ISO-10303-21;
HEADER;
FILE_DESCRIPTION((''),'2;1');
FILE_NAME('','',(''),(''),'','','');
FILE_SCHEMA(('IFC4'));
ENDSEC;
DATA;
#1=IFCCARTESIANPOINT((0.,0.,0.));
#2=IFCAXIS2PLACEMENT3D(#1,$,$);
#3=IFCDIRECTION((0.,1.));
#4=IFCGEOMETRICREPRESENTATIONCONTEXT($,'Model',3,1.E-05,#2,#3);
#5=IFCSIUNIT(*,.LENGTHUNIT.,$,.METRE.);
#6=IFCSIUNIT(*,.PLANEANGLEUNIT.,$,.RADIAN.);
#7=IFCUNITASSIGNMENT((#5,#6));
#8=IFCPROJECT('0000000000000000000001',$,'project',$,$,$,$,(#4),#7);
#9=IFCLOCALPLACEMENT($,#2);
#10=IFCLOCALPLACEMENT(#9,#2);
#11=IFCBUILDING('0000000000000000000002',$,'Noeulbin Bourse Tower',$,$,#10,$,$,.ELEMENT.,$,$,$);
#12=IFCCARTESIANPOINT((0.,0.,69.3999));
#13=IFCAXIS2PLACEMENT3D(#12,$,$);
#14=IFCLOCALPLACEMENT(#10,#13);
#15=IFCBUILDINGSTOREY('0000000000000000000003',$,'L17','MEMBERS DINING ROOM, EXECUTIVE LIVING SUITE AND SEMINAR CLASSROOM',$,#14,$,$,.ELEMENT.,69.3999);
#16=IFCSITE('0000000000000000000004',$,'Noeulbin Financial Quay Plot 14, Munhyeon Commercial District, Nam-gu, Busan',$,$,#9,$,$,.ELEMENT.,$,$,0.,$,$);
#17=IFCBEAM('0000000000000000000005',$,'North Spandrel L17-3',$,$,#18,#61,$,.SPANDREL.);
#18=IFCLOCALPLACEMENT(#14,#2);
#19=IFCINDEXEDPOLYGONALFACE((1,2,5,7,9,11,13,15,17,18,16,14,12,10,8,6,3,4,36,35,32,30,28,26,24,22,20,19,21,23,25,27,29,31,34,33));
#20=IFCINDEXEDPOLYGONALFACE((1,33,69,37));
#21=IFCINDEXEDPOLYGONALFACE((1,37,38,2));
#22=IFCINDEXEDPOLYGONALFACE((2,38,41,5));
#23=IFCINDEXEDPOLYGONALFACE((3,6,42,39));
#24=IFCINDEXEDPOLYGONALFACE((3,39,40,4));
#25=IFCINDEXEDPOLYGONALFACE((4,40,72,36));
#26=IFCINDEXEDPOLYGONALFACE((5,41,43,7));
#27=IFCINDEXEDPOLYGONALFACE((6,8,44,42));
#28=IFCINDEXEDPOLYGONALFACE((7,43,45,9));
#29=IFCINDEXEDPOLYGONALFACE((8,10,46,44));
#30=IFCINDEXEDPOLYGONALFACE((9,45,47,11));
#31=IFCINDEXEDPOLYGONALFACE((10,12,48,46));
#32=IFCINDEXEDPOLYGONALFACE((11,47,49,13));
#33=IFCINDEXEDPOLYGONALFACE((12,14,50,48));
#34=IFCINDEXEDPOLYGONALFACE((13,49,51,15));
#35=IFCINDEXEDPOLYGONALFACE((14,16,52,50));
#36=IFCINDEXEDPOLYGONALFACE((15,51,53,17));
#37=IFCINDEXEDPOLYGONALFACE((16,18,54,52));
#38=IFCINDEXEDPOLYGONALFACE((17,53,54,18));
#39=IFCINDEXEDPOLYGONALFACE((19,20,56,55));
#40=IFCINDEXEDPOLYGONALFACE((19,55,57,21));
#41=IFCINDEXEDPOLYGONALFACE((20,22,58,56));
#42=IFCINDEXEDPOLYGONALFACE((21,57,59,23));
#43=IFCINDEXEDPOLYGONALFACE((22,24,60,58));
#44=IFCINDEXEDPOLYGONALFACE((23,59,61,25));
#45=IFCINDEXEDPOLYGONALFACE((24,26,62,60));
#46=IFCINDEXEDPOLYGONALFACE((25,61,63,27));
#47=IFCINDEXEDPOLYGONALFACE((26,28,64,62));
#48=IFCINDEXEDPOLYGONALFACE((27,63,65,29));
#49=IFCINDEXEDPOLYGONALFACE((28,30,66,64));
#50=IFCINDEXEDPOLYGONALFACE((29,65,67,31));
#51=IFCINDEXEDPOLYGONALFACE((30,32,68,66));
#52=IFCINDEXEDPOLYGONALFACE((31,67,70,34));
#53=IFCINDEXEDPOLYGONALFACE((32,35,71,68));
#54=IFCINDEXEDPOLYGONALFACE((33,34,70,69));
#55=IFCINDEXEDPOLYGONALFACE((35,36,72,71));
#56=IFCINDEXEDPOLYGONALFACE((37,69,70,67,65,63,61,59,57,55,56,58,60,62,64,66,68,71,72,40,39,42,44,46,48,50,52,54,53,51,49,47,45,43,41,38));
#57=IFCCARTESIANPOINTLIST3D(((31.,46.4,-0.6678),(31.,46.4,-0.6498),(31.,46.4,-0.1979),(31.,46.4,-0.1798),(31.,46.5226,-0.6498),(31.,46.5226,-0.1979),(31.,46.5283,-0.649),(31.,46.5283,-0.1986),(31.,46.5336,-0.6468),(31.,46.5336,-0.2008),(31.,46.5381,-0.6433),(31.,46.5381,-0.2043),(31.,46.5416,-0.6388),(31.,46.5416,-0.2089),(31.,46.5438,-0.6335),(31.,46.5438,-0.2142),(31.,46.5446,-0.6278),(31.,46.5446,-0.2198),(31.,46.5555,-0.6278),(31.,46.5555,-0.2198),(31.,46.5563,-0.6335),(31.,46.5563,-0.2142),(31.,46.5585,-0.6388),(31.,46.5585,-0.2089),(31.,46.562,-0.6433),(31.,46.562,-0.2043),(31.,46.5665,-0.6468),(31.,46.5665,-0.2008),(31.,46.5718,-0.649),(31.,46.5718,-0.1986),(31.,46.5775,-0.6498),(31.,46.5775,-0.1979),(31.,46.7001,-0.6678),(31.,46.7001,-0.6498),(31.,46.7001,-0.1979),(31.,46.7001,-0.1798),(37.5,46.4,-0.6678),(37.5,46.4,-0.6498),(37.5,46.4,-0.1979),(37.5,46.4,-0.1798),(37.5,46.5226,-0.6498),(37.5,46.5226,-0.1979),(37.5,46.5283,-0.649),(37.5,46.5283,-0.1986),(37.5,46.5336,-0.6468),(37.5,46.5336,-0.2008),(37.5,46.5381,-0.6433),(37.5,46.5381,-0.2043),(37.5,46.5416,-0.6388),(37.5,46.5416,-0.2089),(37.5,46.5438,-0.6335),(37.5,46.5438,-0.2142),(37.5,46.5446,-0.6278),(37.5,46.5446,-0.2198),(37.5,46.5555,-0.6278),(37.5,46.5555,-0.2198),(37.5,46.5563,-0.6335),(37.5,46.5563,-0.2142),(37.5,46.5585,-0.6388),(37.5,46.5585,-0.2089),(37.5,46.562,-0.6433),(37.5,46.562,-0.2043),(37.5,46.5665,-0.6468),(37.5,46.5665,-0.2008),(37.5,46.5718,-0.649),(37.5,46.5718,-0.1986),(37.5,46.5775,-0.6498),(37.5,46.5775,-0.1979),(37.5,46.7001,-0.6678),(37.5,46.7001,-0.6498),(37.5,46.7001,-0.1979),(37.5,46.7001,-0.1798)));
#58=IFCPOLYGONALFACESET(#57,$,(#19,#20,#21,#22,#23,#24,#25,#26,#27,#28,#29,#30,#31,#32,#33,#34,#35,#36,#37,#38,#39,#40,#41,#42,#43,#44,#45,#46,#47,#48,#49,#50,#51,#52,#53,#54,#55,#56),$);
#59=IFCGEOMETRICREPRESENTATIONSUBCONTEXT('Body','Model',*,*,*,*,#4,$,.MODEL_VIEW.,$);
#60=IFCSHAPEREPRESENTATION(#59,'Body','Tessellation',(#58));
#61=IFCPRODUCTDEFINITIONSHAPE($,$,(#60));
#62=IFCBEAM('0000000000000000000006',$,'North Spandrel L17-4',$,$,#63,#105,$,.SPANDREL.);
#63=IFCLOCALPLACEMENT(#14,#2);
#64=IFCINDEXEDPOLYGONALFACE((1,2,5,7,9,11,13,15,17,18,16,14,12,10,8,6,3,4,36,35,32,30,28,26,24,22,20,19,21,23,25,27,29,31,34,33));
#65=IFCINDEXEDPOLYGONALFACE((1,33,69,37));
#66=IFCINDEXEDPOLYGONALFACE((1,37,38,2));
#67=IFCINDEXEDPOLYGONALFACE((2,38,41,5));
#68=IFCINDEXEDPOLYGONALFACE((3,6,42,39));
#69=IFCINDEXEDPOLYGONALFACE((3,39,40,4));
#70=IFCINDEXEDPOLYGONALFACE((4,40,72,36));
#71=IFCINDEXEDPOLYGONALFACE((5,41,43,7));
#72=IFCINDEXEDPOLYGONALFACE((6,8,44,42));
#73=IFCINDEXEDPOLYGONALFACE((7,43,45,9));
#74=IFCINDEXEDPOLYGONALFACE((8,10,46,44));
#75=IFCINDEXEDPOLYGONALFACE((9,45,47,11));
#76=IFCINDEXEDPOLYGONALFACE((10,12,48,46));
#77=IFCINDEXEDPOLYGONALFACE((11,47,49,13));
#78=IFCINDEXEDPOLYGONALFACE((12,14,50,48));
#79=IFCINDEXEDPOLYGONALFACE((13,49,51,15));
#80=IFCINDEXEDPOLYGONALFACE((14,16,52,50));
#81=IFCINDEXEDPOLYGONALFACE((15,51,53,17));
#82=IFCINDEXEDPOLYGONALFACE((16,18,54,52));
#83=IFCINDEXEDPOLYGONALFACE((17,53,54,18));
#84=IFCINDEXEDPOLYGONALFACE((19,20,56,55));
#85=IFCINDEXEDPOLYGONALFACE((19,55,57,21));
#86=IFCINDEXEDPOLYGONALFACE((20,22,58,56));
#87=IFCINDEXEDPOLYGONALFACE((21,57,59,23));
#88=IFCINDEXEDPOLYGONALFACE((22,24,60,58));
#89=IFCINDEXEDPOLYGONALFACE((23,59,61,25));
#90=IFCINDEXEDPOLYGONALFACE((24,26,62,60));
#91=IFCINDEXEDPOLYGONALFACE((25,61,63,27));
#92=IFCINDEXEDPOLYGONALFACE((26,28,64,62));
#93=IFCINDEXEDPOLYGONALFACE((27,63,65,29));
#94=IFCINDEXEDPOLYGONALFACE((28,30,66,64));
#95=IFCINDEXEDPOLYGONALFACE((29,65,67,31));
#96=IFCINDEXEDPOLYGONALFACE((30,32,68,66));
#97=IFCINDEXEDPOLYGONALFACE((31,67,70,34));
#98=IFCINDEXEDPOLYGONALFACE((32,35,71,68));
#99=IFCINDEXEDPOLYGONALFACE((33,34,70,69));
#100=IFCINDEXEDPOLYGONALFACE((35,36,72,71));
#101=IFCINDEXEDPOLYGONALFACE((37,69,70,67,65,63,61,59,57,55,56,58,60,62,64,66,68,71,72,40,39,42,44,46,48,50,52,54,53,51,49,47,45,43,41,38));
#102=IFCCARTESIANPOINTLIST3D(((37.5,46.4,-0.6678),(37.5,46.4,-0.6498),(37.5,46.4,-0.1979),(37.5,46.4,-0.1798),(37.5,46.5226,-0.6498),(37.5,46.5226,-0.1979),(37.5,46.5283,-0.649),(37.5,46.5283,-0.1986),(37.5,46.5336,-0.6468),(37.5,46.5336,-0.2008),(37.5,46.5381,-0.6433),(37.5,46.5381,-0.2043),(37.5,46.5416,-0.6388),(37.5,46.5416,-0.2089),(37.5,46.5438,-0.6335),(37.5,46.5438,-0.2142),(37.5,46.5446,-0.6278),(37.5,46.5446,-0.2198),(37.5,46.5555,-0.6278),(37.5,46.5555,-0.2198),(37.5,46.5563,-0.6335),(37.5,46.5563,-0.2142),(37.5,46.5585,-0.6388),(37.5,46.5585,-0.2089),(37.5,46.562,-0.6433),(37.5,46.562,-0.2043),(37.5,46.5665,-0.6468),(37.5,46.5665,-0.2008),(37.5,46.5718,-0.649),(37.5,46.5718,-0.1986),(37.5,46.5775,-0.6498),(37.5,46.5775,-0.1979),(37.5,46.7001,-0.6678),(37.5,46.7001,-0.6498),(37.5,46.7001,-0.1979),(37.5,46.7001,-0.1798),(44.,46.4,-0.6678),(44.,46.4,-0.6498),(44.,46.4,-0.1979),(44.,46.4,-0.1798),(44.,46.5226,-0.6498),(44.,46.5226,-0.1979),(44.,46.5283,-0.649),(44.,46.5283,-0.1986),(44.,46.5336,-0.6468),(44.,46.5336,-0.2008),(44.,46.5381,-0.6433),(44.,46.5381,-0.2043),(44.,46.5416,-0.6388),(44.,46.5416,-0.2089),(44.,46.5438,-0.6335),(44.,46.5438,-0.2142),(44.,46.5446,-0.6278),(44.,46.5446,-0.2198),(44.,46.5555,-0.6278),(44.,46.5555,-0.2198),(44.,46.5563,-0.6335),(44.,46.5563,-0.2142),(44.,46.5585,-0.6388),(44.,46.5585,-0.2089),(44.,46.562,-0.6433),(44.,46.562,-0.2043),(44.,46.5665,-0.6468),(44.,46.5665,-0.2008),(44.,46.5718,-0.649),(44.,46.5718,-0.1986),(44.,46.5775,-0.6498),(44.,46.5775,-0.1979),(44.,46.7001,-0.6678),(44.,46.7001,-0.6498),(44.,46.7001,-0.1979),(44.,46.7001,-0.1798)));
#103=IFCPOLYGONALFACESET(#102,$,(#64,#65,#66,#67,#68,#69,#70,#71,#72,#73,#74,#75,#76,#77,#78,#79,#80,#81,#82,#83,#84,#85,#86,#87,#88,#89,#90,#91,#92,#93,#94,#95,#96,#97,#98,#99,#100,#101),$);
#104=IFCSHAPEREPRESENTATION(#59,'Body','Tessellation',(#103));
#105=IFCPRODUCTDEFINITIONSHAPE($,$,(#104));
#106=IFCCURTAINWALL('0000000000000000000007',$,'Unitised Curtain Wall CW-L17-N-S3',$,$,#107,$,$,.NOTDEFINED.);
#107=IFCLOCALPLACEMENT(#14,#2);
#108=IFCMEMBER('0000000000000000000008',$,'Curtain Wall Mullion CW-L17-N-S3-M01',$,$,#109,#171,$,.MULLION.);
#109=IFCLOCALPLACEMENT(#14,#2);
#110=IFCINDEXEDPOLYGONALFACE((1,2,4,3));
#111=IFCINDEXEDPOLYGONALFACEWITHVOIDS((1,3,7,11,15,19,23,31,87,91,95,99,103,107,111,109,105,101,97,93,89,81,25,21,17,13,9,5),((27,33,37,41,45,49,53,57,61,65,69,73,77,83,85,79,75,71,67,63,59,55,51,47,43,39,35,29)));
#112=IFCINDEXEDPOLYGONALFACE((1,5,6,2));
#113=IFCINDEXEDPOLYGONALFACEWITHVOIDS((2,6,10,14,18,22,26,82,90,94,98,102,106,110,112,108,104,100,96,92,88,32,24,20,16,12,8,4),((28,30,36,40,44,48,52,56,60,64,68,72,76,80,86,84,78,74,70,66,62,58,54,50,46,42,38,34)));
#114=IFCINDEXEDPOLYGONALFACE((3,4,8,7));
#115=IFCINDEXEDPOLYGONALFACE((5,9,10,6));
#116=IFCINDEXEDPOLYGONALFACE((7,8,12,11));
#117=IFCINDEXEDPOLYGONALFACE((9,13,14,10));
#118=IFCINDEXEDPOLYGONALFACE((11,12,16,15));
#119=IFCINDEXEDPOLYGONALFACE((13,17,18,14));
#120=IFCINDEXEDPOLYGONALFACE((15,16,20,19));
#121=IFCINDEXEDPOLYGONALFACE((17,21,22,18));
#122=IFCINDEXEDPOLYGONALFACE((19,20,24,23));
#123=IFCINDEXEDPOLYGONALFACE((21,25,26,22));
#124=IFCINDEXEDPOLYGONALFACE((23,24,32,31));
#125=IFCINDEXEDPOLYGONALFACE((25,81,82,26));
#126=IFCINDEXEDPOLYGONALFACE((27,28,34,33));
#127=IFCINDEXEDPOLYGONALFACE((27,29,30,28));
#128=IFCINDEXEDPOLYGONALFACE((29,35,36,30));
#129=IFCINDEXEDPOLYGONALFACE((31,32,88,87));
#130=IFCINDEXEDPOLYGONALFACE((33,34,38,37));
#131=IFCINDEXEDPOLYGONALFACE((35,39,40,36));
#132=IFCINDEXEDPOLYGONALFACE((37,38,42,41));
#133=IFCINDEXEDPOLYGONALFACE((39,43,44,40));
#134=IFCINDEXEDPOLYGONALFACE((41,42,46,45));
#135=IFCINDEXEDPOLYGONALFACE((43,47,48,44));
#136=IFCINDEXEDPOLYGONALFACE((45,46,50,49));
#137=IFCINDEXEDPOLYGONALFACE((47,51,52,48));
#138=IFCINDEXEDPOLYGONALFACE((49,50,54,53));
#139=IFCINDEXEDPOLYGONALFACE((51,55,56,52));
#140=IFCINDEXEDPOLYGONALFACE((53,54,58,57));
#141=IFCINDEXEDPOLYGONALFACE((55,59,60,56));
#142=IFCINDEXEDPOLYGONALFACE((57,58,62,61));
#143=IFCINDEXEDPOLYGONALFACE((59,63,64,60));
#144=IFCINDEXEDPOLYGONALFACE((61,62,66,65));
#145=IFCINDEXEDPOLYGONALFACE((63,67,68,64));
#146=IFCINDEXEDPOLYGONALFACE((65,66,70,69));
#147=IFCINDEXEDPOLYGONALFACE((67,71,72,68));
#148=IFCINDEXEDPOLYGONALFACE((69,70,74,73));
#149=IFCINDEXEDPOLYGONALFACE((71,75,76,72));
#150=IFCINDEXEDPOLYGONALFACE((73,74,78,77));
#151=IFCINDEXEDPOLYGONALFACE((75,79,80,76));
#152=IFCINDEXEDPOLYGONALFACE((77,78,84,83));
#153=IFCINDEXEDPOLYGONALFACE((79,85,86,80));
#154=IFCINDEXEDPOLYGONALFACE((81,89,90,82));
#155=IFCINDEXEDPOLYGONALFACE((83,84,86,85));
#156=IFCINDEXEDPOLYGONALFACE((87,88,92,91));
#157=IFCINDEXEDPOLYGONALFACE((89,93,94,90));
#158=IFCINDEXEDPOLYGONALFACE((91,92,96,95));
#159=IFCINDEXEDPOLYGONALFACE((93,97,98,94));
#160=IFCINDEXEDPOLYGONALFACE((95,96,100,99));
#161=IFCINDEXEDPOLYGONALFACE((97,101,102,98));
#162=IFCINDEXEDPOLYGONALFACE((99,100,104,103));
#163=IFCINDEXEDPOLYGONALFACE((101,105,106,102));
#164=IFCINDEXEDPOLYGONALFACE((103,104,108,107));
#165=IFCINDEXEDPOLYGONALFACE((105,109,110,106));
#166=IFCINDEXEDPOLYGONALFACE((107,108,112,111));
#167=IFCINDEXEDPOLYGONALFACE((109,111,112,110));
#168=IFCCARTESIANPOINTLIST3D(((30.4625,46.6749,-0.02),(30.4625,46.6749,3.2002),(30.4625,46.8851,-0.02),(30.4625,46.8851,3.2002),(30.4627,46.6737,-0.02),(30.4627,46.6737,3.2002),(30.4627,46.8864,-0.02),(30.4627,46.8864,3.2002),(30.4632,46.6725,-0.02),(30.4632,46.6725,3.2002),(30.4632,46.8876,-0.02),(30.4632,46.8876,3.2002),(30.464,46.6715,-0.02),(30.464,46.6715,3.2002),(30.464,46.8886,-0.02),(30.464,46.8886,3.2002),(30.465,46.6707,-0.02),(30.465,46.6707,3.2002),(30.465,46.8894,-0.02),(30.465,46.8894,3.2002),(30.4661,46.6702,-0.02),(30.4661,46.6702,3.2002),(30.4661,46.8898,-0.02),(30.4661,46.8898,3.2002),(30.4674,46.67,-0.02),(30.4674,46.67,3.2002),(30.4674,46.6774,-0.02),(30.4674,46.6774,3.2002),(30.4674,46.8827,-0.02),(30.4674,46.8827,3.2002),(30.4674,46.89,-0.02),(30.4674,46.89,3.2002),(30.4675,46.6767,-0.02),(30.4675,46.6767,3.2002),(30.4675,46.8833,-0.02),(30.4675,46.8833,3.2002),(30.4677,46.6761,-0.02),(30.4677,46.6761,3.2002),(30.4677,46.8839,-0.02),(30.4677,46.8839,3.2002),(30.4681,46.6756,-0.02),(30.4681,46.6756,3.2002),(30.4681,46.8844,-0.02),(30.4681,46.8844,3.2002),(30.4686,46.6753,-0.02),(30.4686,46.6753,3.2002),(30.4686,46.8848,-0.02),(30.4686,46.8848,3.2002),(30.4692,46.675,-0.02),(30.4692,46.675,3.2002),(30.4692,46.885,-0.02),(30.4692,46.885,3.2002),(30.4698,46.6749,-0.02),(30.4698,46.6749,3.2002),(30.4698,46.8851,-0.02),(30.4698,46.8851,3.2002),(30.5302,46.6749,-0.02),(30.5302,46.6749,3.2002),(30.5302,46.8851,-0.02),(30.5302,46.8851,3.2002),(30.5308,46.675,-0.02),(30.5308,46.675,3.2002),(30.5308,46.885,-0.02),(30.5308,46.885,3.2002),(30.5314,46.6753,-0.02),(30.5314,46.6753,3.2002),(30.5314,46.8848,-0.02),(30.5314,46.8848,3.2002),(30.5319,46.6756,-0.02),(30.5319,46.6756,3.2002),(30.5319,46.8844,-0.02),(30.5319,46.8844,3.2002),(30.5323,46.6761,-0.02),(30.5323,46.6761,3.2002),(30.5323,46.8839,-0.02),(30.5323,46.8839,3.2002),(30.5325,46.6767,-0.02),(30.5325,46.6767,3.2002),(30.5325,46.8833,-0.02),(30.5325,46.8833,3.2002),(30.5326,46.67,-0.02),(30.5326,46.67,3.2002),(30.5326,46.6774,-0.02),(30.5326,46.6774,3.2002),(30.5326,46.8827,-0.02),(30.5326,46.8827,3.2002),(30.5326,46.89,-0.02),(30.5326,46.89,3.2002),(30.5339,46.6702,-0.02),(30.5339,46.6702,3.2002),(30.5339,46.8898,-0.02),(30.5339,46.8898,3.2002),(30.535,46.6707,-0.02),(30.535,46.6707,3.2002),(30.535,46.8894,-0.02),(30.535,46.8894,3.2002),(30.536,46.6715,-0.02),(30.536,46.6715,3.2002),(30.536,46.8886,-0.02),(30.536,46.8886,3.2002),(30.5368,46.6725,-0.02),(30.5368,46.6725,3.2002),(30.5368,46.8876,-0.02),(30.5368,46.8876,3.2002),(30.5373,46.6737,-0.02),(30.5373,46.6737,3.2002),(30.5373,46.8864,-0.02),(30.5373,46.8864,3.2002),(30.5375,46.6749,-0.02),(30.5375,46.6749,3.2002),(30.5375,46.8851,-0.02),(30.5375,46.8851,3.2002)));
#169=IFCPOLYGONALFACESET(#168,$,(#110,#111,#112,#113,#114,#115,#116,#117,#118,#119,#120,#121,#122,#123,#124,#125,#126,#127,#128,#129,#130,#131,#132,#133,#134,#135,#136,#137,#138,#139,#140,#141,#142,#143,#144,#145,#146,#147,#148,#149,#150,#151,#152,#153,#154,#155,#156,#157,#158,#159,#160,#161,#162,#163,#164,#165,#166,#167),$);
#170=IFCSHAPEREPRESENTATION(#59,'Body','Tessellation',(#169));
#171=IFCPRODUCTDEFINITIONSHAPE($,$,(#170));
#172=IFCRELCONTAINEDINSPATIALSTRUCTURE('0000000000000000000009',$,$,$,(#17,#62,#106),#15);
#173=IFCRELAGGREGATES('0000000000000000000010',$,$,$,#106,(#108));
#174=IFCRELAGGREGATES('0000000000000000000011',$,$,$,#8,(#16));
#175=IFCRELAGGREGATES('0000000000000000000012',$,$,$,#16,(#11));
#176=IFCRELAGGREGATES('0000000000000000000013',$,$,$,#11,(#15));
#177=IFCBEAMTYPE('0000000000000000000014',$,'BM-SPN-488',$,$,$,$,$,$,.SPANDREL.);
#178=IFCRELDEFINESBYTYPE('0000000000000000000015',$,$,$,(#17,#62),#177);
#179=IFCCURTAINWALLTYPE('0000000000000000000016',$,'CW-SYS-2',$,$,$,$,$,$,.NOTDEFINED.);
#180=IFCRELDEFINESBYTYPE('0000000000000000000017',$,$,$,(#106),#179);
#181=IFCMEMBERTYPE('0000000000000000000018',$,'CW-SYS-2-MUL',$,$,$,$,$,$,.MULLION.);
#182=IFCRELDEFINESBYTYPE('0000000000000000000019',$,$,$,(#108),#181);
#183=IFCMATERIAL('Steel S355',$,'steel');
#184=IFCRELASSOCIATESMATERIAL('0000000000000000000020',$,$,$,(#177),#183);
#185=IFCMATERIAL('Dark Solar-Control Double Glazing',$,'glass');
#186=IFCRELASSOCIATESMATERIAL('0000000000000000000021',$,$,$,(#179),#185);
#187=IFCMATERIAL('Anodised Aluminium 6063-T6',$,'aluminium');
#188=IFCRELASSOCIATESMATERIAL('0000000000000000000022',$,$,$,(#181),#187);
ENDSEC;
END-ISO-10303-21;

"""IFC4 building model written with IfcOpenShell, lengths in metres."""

from ifc_helpers import new_model, si_unit, direction, frame, origin, origin_2d, place, context, subcontext, project, spatial, hollow_rectangle, i_section, extrude, material, material_profile, profile_set, type_object, element, aggregate, save


model = new_model("IFC4")

# Units and contexts
model_context = context("Model", 3, precision=1e-05, world=origin(), true_north=direction((0.0, 1.0)))
body_context = subcontext(model_context, "Body", "Model", "MODEL_VIEW")
ifc_project = project(units=[si_unit("LENGTHUNIT", "METRE"), si_unit("PLANEANGLEUNIT", "RADIAN")], contexts=[model_context])

# Site, building, storey
site_placement = place(None, origin())
site = spatial("IfcSite", under=ifc_project, at=site_placement, Name="Noeulbin Financial Quay Plot 14, Munhyeon Commercial District, Nam-gu, Busan", CompositionType="ELEMENT", RefElevation=0.0)
building_placement = place(site_placement, origin())
building = spatial("IfcBuilding", under=site, at=building_placement, Name="Noeulbin Bourse Tower", CompositionType="ELEMENT")
storey_placement = place(building_placement, frame((0.0, 0.0, 69.3999)))
storey = spatial("IfcBuildingStorey", under=building, at=storey_placement, Name="L17", Description="MEMBERS DINING ROOM, EXECUTIVE LIVING SUITE AND SEMINAR CLASSROOM", CompositionType="ELEMENT", Elevation=69.3999)

# Beams
ifc_material_1 = material(Name="Steel S355", Category="steel")
ifc_material_profile_1 = material_profile(ifc_material_1, i_section(OverallWidth=0.3, OverallDepth=0.488, WebThickness=0.011, FlangeThickness=0.0181, FilletRadius=0.022, at=origin_2d()), Name="H-488x300x11x18", Category="LoadBearing")
ifc_profile_set_1 = profile_set([ifc_material_profile_1], Name="Steel S355")
beam_type_1 = type_object("IfcBeamType", Name="BM-SPN-488", PredefinedType="SPANDREL", material=ifc_profile_set_1)
for number, where, z_axis, x_axis, name in (
    (1, (31.0, 46.55, -0.4238), (1.0, 0.0, 0.0), (0.0, 1.0, 0.0), "North Spandrel L17-3"),
    (2, (37.5, 46.55, -0.4238), (1.0, 0.0, 0.0), (0.0, 1.0, 0.0), "North Spandrel L17-4"),
):
    element("IfcBeam", number, at=place(storey_placement, frame(where, z_axis=z_axis, x_axis=x_axis)), inside=storey, type_object=beam_type_1, Name=name, PredefinedType="SPANDREL", context=body_context, shape_type="SweptSolid", body=[
        extrude(i_section(OverallWidth=0.3, OverallDepth=0.488, WebThickness=0.011, FlangeThickness=0.0181, FilletRadius=0.022, at=origin_2d()), origin(), (0.0, 0.0, 1.0), 6.5),
    ])

# Curtain wall, member
ifc_material_2 = material(Name="Dark Solar-Control Double Glazing", Category="glass")
curtain_wall_type = type_object("IfcCurtainWallType", Name="CW-SYS-2", PredefinedType="NOTDEFINED", material=ifc_material_2)
curtain_wall_1_placement = place(storey_placement, origin())
curtain_wall_1 = element("IfcCurtainWall", 3, at=curtain_wall_1_placement, inside=storey, type_object=curtain_wall_type, Name="Unitised Curtain Wall CW-L17-N-S3", PredefinedType="NOTDEFINED")
ifc_material_3 = material(Name="Anodised Aluminium 6063-T6", Category="aluminium")
ifc_material_profile_2 = material_profile(ifc_material_3, hollow_rectangle(XDim=0.075, YDim=0.22, WallThickness=0.0049, InnerFilletRadius=0.0024, OuterFilletRadius=0.0049, at=origin_2d()), Name="ALU-MULL-75x220x5", Category="LoadBearing")
ifc_profile_set_2 = profile_set([ifc_material_profile_2], Name="Anodised Aluminium 6063-T6")
member_type_1 = type_object("IfcMemberType", Name="CW-SYS-2-MUL", PredefinedType="MULLION", material=ifc_profile_set_2)
member_1_placement = place(storey_placement, frame((30.5, 46.78, -0.02), z_axis=(0.0, 0.0, 1.0), x_axis=(1.0, 0.0, 0.0)))
member_1 = element("IfcMember", 4, at=member_1_placement, type_object=member_type_1, Name="Curtain Wall Mullion CW-L17-N-S3-M01", PredefinedType="MULLION", context=body_context, shape_type="SweptSolid", body=[
    extrude(hollow_rectangle(XDim=0.075, YDim=0.22, WallThickness=0.0049, InnerFilletRadius=0.0024, OuterFilletRadius=0.0049, at=origin_2d()), origin(), (0.0, 0.0, 1.0), 3.2202),
])
aggregate(curtain_wall_1, [member_1])

save(model, "model.ifc")
